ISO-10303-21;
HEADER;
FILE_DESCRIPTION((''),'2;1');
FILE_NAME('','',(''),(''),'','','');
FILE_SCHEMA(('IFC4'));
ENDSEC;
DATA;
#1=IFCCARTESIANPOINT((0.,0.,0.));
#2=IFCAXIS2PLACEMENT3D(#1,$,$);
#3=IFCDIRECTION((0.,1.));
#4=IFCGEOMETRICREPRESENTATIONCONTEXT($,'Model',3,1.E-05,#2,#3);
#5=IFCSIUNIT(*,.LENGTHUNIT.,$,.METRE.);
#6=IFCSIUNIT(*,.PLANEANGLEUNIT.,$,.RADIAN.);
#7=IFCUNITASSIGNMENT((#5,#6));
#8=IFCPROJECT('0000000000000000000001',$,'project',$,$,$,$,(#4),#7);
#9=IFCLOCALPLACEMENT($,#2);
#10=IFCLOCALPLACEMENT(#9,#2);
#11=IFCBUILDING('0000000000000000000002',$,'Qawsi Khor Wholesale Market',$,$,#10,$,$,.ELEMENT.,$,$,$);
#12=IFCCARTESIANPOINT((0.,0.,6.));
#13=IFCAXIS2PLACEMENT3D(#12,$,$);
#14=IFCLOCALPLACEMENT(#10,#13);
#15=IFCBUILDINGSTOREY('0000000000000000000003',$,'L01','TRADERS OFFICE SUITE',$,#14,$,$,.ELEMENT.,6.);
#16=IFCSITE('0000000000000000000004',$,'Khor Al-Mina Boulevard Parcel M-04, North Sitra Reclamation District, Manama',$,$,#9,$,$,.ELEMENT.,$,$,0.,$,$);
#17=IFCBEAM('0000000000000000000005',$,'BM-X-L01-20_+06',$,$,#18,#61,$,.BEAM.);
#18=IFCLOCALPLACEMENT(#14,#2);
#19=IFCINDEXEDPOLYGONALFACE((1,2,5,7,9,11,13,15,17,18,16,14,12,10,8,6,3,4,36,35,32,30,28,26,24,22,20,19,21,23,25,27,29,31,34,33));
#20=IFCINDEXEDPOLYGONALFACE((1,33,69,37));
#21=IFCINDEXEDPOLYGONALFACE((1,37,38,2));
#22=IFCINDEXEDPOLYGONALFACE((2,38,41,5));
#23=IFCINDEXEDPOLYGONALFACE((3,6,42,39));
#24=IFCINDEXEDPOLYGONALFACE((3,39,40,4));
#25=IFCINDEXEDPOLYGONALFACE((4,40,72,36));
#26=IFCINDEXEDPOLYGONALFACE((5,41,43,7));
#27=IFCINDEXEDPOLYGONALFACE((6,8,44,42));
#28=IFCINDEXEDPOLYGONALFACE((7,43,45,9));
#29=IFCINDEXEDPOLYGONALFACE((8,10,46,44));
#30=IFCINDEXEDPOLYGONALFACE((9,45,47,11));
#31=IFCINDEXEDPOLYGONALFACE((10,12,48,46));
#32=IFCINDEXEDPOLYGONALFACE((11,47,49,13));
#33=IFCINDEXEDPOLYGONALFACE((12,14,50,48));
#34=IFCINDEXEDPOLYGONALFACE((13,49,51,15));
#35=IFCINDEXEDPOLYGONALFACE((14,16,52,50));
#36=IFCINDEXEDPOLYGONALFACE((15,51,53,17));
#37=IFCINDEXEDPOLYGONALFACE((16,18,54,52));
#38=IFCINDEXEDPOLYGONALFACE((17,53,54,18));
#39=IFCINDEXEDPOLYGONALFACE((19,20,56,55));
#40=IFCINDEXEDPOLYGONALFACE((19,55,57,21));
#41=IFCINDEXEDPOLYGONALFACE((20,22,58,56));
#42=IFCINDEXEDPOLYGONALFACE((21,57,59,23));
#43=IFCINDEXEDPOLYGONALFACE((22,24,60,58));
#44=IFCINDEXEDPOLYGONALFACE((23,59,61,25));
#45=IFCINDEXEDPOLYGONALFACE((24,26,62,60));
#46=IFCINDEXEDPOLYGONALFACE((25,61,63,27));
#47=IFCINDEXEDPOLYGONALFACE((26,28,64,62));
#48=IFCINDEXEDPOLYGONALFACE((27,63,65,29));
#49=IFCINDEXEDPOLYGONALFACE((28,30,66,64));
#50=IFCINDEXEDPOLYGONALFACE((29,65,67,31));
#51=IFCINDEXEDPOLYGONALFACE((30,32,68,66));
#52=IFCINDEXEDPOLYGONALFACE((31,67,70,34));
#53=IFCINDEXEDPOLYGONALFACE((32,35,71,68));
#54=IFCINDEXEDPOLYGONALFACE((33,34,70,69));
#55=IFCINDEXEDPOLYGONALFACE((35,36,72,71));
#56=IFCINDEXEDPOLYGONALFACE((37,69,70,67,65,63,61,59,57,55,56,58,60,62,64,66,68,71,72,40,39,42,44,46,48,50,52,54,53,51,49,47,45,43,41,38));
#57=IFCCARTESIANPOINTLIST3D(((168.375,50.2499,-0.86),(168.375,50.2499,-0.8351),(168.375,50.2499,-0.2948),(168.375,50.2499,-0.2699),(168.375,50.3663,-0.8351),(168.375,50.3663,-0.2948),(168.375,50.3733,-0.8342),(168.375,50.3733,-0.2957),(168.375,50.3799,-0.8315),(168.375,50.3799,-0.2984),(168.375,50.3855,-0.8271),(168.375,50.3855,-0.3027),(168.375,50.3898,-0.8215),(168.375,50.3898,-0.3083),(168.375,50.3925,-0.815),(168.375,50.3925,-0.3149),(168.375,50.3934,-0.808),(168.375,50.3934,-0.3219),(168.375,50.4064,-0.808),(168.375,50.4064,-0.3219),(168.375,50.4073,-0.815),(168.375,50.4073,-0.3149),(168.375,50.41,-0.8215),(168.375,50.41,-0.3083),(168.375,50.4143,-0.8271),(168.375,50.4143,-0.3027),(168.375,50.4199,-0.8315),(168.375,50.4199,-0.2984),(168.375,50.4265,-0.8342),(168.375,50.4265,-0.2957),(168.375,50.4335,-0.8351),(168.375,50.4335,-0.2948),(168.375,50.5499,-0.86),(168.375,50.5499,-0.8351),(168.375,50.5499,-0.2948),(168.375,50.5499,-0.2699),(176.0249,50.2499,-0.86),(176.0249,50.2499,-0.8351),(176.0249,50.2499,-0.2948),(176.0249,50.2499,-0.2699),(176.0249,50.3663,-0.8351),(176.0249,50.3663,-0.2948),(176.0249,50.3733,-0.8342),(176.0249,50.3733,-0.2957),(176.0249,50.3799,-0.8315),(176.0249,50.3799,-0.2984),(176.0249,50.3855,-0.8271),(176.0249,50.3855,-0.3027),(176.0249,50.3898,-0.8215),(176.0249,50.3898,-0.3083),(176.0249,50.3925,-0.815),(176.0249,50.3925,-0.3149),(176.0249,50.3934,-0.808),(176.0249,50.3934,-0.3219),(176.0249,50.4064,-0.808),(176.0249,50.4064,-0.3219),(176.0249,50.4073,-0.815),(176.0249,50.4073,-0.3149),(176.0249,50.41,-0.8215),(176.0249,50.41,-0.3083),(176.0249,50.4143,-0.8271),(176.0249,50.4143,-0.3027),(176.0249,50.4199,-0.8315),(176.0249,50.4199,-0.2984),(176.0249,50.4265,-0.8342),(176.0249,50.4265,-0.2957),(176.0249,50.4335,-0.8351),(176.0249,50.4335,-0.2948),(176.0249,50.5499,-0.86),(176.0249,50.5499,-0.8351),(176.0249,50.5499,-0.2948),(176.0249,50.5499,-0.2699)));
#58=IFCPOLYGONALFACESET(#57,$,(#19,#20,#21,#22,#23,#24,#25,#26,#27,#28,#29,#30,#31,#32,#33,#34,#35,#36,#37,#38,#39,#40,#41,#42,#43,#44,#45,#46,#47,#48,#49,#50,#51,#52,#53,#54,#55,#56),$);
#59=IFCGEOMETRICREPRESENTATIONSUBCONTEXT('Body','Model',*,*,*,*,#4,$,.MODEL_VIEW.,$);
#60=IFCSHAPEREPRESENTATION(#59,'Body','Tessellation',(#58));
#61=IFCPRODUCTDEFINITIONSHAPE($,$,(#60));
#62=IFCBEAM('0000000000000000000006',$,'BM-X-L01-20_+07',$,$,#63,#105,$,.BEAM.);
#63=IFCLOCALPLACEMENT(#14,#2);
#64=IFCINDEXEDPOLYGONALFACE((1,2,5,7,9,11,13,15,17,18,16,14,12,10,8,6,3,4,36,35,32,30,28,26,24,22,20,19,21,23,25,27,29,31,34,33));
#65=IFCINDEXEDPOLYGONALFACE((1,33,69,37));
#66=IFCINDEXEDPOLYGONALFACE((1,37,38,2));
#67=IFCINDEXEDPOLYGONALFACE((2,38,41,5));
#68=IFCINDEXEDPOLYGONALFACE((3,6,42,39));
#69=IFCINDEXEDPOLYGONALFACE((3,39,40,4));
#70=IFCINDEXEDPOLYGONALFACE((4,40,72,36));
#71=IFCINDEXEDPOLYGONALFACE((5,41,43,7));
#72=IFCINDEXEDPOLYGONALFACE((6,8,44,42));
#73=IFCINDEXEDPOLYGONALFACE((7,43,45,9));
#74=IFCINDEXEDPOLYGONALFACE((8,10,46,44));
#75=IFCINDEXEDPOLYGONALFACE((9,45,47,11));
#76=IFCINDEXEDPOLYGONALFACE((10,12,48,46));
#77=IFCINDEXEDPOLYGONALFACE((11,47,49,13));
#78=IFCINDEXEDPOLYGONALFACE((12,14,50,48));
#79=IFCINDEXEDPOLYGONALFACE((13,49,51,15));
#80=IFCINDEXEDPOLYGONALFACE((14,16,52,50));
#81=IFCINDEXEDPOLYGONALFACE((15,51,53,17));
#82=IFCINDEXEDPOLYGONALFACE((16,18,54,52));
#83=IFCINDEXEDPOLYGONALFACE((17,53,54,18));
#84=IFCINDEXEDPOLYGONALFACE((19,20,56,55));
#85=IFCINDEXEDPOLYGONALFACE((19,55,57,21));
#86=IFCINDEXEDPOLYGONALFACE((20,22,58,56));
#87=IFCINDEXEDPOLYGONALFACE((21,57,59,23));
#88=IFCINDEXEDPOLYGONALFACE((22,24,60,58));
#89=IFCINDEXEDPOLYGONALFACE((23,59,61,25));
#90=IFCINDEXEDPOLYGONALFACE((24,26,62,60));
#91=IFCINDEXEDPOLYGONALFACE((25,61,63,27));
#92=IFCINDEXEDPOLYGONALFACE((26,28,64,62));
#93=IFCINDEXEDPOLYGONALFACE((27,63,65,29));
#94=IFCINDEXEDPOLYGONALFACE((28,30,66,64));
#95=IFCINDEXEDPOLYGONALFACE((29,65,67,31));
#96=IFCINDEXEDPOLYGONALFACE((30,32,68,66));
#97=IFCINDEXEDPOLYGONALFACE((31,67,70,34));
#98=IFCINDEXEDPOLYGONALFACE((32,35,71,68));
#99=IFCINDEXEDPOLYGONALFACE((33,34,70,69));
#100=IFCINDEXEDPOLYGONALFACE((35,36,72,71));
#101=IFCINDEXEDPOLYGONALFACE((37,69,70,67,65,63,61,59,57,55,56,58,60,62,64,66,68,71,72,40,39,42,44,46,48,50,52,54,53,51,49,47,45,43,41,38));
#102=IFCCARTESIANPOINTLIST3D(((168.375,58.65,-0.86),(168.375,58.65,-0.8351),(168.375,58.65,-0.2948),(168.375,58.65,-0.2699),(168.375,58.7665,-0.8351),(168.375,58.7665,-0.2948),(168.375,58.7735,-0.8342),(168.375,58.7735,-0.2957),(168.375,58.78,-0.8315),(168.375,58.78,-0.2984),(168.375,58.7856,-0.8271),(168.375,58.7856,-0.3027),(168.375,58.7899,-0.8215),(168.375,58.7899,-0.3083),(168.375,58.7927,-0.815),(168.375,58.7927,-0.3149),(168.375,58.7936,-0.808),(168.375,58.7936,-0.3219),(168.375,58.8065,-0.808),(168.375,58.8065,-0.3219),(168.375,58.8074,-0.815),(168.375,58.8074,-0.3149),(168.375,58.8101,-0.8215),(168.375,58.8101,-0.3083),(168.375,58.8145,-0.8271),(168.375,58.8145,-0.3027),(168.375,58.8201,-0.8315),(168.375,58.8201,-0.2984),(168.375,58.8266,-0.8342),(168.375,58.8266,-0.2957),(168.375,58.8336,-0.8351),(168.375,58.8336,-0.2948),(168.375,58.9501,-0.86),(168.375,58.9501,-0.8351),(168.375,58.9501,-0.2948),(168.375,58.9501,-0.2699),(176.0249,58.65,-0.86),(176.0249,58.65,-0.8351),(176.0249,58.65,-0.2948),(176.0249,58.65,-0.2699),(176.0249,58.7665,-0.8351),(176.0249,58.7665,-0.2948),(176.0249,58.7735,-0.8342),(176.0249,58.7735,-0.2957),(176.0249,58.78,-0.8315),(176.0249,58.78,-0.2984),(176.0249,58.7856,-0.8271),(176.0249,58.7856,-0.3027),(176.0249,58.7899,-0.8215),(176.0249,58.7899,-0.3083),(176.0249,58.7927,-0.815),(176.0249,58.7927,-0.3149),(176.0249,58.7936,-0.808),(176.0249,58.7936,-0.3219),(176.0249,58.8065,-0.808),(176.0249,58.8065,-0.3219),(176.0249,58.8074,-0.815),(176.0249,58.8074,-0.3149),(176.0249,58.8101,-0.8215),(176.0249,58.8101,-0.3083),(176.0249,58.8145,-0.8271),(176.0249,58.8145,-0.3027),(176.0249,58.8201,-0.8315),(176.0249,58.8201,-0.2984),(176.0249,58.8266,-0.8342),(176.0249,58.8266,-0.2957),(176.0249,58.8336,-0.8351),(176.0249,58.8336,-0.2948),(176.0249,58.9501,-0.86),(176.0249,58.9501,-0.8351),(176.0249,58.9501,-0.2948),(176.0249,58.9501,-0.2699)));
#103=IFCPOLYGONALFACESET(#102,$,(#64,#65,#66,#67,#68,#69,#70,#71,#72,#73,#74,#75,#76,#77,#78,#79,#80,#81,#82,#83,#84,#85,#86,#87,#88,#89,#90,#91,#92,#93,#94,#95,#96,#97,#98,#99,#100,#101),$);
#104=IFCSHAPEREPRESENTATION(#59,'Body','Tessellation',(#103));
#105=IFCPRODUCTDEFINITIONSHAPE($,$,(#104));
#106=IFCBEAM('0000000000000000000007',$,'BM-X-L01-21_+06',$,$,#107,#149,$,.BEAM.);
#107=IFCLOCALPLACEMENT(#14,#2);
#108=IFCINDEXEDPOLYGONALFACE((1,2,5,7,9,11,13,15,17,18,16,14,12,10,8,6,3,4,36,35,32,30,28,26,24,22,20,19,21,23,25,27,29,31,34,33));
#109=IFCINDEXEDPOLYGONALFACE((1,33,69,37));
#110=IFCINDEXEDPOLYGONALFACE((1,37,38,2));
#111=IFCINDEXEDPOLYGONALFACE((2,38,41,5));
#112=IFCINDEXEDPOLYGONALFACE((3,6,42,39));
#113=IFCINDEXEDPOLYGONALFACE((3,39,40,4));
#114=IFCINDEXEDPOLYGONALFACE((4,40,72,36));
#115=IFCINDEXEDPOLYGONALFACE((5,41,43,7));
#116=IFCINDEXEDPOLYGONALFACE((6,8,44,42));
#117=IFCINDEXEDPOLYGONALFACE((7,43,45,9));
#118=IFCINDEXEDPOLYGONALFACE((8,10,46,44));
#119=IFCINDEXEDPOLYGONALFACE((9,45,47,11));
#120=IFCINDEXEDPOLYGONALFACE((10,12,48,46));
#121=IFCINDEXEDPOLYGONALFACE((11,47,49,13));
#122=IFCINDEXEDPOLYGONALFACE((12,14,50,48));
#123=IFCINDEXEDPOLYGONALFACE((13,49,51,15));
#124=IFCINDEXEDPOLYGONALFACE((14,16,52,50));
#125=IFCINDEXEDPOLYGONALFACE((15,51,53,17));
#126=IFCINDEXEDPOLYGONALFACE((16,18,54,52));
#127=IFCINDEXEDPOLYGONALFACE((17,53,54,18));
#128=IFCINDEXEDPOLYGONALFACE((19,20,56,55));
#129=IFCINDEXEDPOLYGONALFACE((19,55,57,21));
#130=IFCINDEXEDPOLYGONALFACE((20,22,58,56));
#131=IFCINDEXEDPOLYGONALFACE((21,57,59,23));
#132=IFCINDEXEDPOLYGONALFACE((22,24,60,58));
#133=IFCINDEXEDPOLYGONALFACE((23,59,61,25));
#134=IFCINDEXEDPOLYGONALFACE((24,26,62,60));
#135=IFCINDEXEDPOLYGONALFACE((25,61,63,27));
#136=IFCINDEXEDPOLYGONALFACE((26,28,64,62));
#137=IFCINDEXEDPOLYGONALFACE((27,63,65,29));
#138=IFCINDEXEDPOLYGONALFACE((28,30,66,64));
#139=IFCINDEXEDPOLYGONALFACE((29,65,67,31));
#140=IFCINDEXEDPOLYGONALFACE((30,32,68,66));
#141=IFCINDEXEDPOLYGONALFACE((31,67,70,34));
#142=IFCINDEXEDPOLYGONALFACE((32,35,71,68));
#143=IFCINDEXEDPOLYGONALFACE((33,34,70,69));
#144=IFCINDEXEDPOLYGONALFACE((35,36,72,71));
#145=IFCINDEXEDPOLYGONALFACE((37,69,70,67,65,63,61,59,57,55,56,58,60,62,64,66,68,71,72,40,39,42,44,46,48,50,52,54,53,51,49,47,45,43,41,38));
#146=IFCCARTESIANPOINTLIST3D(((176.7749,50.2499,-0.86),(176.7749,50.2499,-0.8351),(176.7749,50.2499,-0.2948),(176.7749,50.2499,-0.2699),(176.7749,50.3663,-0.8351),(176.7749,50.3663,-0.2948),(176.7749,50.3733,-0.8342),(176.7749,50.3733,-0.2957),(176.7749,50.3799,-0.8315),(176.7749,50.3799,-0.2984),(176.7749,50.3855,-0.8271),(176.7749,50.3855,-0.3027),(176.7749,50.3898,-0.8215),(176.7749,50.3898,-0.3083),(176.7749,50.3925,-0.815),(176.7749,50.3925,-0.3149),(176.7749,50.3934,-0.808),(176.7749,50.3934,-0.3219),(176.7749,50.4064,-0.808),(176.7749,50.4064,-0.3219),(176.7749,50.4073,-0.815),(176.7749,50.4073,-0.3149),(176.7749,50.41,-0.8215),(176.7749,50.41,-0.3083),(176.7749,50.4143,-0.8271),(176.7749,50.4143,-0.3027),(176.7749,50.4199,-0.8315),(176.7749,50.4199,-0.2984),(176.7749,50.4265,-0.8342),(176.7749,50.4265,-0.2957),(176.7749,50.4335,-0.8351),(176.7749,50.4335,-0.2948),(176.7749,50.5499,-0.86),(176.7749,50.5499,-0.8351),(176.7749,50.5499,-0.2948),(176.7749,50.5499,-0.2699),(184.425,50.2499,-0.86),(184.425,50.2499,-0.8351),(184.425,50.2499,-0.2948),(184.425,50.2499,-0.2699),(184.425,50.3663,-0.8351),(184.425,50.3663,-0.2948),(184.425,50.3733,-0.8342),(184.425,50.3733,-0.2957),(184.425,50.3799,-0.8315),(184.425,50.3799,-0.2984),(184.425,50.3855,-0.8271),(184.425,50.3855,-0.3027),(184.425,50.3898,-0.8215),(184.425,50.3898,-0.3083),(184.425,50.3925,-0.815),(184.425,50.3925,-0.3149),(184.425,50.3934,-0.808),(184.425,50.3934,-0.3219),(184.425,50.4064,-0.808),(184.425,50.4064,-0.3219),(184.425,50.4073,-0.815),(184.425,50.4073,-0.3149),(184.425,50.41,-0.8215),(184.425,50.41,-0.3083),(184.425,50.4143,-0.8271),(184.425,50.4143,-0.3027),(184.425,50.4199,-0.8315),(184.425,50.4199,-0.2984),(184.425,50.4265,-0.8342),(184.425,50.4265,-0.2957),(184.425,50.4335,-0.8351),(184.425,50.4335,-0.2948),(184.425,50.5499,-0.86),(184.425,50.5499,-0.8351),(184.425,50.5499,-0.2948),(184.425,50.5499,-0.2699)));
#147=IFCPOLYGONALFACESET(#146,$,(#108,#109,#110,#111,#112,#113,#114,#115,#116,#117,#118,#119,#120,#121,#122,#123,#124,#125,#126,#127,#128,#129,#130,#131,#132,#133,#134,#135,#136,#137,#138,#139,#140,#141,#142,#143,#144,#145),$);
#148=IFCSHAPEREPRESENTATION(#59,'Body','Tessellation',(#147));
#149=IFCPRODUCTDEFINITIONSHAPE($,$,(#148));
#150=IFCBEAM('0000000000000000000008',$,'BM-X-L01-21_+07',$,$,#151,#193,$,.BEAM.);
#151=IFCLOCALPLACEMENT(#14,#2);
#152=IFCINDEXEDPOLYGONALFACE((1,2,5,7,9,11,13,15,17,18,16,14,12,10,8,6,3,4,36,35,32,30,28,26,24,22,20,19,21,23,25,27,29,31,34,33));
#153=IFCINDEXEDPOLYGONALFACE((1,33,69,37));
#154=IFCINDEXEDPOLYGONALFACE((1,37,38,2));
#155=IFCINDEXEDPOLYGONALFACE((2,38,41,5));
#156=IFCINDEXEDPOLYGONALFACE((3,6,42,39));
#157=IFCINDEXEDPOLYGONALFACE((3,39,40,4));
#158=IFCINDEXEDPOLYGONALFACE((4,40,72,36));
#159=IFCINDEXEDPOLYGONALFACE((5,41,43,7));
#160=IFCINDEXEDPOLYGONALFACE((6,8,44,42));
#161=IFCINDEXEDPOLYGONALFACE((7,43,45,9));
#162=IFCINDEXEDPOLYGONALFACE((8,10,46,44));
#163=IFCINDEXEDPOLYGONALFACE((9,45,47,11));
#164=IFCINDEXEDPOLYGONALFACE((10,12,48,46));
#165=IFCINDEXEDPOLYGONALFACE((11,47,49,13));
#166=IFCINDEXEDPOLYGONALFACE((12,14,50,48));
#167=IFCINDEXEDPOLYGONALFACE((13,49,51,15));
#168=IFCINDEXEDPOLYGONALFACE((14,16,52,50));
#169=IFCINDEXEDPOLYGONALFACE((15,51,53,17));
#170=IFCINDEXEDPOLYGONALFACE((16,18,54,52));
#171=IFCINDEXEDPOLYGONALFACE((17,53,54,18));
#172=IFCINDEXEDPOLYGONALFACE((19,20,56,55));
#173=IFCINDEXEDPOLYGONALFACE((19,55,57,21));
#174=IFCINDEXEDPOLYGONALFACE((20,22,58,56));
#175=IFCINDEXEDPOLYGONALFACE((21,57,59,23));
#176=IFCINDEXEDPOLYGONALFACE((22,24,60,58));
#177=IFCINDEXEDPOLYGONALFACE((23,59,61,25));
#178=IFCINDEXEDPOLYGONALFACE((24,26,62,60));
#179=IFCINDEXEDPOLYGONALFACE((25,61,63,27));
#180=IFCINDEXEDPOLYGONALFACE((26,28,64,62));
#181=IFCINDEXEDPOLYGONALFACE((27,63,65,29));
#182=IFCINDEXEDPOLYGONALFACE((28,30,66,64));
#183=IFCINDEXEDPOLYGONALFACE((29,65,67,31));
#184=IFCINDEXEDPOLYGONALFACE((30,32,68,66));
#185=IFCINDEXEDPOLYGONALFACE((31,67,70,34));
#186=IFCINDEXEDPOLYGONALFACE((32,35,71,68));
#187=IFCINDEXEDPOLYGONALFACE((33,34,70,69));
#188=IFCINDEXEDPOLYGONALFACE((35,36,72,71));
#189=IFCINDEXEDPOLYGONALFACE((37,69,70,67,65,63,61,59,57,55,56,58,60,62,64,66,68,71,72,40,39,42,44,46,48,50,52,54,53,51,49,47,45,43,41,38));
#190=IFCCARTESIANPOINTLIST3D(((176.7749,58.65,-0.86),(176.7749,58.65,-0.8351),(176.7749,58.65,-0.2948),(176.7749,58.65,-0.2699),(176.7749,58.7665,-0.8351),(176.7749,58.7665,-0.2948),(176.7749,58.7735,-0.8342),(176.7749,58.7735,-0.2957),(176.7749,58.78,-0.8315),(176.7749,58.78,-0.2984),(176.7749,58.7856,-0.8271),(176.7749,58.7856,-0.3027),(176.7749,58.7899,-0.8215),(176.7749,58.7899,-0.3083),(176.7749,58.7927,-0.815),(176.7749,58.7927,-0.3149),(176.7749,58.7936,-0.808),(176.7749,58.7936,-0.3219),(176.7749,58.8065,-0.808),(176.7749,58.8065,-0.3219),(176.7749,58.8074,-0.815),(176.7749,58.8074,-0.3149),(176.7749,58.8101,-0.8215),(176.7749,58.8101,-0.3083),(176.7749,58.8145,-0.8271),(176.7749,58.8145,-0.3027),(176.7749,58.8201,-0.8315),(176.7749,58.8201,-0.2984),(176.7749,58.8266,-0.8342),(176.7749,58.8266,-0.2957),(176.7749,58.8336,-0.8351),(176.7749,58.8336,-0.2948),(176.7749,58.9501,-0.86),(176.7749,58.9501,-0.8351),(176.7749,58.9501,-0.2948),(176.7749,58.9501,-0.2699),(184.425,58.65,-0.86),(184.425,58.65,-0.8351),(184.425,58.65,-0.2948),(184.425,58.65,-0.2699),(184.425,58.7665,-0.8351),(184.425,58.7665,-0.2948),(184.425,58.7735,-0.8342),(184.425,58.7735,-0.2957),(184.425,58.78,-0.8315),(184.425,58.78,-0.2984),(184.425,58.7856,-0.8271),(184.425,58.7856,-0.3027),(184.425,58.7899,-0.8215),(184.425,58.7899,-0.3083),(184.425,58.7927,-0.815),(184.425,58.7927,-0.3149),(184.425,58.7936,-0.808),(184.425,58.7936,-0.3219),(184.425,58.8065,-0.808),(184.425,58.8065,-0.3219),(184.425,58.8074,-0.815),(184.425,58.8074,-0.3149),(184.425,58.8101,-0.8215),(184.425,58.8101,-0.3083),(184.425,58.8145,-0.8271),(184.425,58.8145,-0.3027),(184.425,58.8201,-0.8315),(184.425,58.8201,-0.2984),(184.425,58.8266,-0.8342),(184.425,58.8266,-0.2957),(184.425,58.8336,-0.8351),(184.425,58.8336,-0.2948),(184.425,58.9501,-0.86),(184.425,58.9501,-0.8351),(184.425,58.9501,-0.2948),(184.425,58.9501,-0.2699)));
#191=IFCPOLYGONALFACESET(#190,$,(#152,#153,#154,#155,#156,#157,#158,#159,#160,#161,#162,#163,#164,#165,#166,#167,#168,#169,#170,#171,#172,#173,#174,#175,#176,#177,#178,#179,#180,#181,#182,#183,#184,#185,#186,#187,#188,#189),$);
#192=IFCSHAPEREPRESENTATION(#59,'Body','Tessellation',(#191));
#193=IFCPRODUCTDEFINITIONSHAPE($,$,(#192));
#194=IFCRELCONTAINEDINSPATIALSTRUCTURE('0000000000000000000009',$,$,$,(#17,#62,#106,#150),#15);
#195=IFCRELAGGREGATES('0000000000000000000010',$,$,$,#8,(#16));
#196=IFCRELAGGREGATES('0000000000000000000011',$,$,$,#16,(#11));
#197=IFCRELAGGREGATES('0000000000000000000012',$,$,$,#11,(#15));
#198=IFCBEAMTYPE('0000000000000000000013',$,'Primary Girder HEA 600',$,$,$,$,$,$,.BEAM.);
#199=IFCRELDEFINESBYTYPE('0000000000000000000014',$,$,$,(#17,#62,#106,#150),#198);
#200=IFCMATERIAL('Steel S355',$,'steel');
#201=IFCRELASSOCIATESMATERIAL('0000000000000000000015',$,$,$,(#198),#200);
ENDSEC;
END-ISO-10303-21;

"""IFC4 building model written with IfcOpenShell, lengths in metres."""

from ifc_helpers import new_model, si_unit, direction, frame, origin, origin_2d, place, context, subcontext, project, spatial, i_section, extrude, material, material_profile, profile_set, type_object, element, save


model = new_model("IFC4")

# Units and contexts
model_context = context("Model", 3, precision=1e-05, world=origin(), true_north=direction((0.0, 1.0)))
body_context = subcontext(model_context, "Body", "Model", "MODEL_VIEW")
ifc_project = project(units=[si_unit("LENGTHUNIT", "METRE"), si_unit("PLANEANGLEUNIT", "RADIAN")], contexts=[model_context])

# Site, building, storey
site_placement = place(None, origin())
site = spatial("IfcSite", under=ifc_project, at=site_placement, Name="Khor Al-Mina Boulevard Parcel M-04, North Sitra Reclamation District, Manama", CompositionType="ELEMENT", RefElevation=0.0)
building_placement = place(site_placement, origin())
building = spatial("IfcBuilding", under=site, at=building_placement, Name="Qawsi Khor Wholesale Market", CompositionType="ELEMENT")
storey_placement = place(building_placement, frame((0.0, 0.0, 6.0)))
storey = spatial("IfcBuildingStorey", under=building, at=storey_placement, Name="L01", Description="TRADERS OFFICE SUITE", CompositionType="ELEMENT", Elevation=6.0)

# Beams
ifc_material_1 = material(Name="Steel S355", Category="steel")
ifc_material_profile_1 = material_profile(ifc_material_1, i_section(OverallWidth=0.3, OverallDepth=0.5901, WebThickness=0.0129, FlangeThickness=0.0249, FilletRadius=0.0271, at=origin_2d()), Name="HEA 600")
ifc_profile_set_1 = profile_set([ifc_material_profile_1], Name="Steel S355")
beam_type_1 = type_object("IfcBeamType", Name="Primary Girder HEA 600", PredefinedType="BEAM", material=ifc_profile_set_1)
for number, where, z_axis, x_axis, name in (
    (1, (168.375, 50.3999, -0.5649), (1.0, 0.0, 0.0), (0.0, 1.0, 0.0), "BM-X-L01-20_+06"),
    (2, (168.375, 58.8, -0.5649), (1.0, 0.0, 0.0), (0.0, 1.0, 0.0), "BM-X-L01-20_+07"),
):
    element("IfcBeam", number, at=place(storey_placement, frame(where, z_axis=z_axis, x_axis=x_axis)), inside=storey, type_object=beam_type_1, Name=name, PredefinedType="BEAM", context=body_context, shape_type="SweptSolid", body=[
        extrude(i_section(OverallWidth=0.3, OverallDepth=0.5901, WebThickness=0.0129, FlangeThickness=0.0249, FilletRadius=0.0271, at=origin_2d()), origin(), (0.0, 0.0, 1.0), 7.6499),
    ])
for number, where, z_axis, x_axis, name in (
    (3, (176.7749, 50.3999, -0.5649), (1.0, 0.0, 0.0), (0.0, 1.0, 0.0), "BM-X-L01-21_+06"),
    (4, (176.7749, 58.8, -0.5649), (1.0, 0.0, 0.0), (0.0, 1.0, 0.0), "BM-X-L01-21_+07"),
):
    element("IfcBeam", number, at=place(storey_placement, frame(where, z_axis=z_axis, x_axis=x_axis)), inside=storey, type_object=beam_type_1, Name=name, PredefinedType="BEAM", context=body_context, shape_type="SweptSolid", body=[
        extrude(i_section(OverallWidth=0.3, OverallDepth=0.5901, WebThickness=0.0129, FlangeThickness=0.0249, FilletRadius=0.0271, at=origin_2d()), origin(), (0.0, 0.0, 1.0), 7.6501),
    ])

save(model, "model.ifc")
